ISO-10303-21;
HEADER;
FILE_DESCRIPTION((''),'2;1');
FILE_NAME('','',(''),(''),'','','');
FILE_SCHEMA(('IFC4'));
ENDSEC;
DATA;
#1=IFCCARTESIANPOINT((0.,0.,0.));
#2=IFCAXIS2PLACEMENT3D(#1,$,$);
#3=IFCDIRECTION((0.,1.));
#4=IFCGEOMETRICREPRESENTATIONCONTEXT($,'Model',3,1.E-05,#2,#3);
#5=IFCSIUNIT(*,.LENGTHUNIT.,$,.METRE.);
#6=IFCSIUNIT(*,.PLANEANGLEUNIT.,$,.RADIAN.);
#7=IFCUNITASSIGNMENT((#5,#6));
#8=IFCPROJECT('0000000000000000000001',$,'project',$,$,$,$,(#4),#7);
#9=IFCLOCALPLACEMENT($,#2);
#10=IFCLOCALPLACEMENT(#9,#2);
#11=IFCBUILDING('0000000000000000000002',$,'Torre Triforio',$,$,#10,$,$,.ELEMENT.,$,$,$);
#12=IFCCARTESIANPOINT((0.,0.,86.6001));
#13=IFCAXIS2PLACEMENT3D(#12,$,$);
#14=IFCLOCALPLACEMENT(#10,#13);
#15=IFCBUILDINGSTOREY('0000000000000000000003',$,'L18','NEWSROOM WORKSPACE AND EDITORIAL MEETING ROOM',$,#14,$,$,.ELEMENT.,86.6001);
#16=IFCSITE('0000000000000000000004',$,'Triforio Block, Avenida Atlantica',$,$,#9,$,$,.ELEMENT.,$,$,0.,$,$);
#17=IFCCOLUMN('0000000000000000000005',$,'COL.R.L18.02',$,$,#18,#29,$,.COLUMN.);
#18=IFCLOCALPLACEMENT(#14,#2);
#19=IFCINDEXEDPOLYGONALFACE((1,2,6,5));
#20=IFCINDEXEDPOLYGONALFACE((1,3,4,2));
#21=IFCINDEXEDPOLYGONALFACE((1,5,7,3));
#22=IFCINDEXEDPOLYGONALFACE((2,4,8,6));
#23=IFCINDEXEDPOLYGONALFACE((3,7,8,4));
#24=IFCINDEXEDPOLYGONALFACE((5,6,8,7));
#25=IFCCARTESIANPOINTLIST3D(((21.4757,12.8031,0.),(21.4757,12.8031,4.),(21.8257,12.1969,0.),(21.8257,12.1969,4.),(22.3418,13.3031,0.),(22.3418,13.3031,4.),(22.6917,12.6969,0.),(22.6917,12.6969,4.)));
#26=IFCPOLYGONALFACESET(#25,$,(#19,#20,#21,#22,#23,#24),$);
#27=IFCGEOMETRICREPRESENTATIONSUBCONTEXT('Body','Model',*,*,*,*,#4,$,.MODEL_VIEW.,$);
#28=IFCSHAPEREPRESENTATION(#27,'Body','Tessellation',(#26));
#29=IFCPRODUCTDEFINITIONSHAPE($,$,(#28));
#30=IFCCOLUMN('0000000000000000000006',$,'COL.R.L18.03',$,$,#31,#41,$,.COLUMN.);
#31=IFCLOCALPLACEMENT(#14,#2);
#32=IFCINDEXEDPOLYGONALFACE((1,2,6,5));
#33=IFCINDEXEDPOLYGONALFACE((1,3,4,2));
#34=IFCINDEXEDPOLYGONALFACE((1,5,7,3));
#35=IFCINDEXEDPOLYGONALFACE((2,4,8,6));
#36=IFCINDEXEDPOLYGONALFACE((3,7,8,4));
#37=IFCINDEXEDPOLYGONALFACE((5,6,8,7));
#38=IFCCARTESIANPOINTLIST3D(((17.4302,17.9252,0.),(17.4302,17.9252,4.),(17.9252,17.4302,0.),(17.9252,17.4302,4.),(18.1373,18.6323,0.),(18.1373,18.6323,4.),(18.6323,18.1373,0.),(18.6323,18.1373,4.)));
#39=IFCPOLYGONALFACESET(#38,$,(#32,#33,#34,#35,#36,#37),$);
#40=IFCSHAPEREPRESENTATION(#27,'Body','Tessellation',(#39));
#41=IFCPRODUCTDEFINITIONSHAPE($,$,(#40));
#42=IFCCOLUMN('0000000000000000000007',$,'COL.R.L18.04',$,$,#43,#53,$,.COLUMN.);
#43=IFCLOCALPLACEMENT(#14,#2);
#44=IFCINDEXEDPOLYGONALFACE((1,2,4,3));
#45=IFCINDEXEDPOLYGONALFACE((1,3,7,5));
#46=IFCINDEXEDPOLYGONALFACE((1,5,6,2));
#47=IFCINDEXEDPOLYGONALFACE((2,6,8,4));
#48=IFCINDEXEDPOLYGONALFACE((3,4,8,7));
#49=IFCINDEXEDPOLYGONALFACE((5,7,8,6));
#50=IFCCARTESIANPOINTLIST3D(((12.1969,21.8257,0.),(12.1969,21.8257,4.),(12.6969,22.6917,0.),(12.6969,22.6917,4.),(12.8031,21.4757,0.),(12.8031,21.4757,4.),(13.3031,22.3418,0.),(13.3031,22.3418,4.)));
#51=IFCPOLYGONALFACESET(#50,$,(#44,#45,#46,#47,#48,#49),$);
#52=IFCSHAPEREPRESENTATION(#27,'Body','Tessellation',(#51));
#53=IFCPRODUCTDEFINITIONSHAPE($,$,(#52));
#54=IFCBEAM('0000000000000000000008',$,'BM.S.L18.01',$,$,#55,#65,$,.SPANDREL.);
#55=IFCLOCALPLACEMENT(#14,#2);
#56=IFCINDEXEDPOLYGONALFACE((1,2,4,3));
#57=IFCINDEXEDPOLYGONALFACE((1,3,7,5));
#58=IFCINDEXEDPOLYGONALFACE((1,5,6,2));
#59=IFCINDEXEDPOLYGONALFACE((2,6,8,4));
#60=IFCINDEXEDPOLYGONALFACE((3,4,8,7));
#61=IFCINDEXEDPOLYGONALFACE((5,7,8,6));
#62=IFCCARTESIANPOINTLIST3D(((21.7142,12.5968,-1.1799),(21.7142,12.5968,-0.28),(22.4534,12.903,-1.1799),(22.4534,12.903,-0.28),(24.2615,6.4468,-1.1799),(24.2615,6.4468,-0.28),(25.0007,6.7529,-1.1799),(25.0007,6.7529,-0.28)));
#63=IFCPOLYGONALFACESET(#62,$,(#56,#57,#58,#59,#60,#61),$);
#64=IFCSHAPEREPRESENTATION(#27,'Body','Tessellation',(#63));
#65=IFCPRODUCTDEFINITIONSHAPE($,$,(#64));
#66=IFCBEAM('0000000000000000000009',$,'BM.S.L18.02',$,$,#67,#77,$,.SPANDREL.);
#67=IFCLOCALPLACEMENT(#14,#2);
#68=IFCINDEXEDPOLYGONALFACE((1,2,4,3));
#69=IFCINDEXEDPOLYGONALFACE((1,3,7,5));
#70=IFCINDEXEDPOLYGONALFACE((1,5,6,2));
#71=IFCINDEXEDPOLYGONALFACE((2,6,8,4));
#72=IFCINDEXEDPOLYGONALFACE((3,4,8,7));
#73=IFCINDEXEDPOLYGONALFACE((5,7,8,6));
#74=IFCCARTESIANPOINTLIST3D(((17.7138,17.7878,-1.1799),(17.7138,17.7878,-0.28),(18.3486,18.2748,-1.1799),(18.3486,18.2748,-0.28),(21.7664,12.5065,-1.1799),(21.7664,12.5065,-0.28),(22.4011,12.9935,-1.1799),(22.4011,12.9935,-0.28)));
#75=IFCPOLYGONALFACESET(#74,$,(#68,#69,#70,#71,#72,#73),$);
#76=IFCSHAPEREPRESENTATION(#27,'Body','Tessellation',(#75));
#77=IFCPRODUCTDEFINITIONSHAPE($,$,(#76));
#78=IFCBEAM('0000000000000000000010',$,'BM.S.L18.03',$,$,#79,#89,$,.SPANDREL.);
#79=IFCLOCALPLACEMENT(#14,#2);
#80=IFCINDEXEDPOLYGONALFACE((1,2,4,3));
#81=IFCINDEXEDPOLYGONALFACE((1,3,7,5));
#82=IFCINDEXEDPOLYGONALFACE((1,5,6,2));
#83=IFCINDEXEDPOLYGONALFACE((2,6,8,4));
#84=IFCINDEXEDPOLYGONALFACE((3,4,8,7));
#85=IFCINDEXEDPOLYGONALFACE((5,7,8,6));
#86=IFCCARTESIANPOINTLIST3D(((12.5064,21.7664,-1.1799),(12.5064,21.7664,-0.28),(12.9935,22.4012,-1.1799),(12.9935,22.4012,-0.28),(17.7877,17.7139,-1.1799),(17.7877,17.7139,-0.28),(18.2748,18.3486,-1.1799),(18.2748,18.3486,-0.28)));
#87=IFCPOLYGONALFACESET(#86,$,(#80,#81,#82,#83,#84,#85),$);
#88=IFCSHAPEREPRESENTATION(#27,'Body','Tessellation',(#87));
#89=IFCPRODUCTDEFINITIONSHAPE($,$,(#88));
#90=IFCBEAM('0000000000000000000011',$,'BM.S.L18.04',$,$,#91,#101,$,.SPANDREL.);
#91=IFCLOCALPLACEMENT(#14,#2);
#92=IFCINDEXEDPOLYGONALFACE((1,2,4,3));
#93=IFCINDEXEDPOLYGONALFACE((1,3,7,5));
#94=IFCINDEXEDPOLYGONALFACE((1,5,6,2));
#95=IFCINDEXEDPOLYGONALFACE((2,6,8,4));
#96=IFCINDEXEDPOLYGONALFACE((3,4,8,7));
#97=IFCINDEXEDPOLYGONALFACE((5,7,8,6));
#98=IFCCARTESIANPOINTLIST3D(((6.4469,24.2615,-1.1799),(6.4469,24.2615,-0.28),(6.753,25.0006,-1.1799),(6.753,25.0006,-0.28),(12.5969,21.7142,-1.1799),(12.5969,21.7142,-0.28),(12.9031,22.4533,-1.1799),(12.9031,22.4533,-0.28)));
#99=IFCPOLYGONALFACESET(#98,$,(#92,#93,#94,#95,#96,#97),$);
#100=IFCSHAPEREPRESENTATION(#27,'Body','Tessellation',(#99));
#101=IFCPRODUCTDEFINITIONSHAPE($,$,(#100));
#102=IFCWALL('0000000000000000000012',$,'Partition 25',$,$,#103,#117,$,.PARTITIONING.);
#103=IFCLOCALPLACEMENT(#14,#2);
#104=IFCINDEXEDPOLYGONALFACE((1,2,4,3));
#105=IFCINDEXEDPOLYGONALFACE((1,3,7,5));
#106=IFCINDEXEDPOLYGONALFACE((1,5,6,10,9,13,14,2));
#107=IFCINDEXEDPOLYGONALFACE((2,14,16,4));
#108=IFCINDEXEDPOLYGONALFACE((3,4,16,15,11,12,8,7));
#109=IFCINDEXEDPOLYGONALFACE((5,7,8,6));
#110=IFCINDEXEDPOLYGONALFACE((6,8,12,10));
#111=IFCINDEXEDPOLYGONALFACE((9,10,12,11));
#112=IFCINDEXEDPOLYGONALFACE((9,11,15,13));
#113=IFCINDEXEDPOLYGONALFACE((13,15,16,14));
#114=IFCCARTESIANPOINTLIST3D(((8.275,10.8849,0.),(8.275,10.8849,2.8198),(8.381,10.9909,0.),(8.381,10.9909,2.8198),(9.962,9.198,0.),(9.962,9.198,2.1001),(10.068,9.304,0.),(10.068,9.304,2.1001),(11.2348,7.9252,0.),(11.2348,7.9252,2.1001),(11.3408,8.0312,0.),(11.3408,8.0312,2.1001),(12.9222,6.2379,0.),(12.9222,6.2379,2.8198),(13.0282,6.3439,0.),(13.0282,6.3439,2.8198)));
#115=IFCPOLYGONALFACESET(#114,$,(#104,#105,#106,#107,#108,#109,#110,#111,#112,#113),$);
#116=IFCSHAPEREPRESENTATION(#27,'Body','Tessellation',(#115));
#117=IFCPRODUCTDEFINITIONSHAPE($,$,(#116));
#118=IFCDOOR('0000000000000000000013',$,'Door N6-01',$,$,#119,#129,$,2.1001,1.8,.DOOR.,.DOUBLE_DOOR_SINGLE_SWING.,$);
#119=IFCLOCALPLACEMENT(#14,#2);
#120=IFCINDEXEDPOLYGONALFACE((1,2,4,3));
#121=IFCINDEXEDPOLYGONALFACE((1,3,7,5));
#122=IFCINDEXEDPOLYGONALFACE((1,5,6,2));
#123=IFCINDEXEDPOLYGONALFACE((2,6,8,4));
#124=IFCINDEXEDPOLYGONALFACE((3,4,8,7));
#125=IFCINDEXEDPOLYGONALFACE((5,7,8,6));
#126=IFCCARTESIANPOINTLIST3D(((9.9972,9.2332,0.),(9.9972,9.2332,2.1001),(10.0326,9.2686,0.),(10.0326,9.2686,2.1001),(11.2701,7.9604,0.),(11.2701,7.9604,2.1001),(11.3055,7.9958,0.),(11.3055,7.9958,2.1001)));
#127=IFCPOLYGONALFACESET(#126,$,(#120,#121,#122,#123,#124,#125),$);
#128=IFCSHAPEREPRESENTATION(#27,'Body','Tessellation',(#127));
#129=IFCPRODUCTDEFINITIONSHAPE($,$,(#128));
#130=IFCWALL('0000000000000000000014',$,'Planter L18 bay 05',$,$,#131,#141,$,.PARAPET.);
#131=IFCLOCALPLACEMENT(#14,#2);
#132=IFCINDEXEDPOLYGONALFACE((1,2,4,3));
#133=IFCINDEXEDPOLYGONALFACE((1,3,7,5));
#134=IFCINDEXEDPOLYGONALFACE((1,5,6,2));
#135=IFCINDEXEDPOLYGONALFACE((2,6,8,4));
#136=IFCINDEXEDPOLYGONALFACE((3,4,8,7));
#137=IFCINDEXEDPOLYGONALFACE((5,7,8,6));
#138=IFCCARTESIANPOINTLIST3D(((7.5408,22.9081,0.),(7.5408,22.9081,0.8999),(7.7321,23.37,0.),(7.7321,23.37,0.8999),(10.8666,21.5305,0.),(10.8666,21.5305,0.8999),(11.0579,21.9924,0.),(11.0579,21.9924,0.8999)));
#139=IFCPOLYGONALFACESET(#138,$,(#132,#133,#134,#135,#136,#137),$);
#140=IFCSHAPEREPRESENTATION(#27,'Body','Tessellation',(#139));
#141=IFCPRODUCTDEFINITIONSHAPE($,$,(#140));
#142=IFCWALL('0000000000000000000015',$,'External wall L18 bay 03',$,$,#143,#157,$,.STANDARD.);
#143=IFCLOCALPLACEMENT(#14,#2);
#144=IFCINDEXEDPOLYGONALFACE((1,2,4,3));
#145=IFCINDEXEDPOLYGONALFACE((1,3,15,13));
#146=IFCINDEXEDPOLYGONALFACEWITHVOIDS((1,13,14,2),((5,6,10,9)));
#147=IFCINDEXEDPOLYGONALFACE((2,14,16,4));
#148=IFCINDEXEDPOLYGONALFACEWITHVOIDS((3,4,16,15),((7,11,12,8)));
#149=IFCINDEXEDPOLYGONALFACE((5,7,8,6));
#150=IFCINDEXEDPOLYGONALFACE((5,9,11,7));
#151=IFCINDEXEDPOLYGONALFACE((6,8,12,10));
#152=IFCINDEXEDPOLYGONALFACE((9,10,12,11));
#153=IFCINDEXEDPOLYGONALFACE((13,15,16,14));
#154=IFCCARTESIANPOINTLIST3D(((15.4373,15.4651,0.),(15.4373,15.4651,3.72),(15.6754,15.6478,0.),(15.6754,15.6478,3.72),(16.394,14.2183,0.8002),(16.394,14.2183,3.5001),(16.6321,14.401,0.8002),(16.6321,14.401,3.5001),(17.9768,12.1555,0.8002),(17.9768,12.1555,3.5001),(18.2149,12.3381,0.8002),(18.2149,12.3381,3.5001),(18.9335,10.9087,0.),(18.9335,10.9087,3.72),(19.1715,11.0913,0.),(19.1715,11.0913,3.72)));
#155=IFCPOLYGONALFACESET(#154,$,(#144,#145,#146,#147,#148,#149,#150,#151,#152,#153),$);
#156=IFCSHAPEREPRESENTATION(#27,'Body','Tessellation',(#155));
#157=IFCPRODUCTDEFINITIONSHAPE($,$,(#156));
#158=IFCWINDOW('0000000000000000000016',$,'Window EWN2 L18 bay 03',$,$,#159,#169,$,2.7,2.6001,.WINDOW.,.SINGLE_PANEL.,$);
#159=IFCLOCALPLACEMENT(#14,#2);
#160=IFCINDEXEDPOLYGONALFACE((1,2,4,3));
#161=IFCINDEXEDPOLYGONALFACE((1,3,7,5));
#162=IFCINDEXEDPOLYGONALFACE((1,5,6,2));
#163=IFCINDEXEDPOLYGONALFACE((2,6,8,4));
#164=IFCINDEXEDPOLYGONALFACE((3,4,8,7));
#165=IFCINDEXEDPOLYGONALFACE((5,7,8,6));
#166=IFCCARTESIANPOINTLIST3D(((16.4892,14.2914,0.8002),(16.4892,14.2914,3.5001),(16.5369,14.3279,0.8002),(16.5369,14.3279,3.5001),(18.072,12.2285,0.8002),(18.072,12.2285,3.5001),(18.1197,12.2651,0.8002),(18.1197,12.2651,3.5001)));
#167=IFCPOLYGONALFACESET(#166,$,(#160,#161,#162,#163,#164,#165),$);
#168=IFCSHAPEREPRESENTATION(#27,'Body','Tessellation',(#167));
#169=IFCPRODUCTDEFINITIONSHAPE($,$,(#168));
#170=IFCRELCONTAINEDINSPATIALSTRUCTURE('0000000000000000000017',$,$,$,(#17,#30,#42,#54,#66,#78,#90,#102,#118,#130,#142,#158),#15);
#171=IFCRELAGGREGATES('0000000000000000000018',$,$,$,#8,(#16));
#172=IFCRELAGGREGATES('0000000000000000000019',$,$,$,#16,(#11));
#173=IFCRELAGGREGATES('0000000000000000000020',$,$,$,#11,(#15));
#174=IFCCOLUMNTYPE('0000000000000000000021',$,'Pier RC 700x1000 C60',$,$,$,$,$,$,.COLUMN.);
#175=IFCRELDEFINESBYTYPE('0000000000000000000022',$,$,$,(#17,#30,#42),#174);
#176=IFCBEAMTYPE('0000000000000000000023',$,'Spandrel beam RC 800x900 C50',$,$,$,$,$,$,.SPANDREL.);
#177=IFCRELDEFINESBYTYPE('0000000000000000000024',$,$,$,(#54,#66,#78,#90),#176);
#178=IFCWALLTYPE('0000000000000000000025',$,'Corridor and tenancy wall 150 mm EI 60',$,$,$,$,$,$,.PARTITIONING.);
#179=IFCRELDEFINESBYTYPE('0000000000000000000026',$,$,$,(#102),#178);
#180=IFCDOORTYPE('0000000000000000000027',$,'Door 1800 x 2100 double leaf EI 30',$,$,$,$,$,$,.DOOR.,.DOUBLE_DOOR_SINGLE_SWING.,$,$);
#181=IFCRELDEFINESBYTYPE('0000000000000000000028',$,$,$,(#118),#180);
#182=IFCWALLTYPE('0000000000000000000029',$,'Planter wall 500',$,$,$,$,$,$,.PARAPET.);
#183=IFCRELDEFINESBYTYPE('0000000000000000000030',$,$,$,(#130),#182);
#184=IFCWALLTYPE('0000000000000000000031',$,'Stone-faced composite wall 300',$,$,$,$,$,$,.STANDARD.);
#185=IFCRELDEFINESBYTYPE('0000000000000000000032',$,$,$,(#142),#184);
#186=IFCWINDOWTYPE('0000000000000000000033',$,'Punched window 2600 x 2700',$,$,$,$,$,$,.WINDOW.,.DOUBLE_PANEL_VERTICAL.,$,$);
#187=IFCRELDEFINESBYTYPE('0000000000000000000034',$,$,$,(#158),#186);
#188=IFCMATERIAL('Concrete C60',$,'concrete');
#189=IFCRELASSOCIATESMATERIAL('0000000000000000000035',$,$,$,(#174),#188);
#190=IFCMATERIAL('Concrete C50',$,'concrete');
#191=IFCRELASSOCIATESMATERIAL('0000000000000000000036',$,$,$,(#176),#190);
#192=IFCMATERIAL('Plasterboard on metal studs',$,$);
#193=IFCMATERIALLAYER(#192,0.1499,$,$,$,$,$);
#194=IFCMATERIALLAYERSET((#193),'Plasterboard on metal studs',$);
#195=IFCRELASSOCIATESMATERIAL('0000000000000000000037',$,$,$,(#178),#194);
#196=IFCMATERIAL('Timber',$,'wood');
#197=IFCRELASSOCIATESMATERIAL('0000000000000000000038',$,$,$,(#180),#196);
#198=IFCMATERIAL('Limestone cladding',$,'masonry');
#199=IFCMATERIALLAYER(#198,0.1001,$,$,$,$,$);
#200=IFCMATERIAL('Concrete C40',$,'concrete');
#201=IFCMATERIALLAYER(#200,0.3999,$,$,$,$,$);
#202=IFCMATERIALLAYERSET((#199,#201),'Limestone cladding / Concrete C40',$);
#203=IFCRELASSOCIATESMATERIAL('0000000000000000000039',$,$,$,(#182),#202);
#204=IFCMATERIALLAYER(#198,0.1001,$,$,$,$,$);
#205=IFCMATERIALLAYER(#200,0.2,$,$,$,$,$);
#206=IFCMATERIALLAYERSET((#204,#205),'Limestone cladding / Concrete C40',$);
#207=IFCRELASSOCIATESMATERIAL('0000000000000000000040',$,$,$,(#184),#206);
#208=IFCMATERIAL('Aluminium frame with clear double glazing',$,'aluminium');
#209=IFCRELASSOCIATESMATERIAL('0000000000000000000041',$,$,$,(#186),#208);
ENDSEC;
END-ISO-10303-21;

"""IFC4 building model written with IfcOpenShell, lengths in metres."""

from ifc_helpers import new_model, si_unit, direction, frame, frame_2d, origin, origin_2d, place, context, subcontext, project, spatial, rectangle, extrude, material, layer, layer_set, material_profile, profile_set, type_object, element, fill, save


model = new_model("IFC4")

# Units and contexts
model_context = context("Model", 3, precision=1e-05, world=origin(), true_north=direction((0.0, 1.0)))
body_context = subcontext(model_context, "Body", "Model", "MODEL_VIEW")
ifc_project = project(units=[si_unit("LENGTHUNIT", "METRE"), si_unit("PLANEANGLEUNIT", "RADIAN")], contexts=[model_context])

# Site, building, storey
site_placement = place(None, origin())
site = spatial("IfcSite", under=ifc_project, at=site_placement, Name="Triforio Block, Avenida Atlantica", CompositionType="ELEMENT", RefElevation=0.0)
building_placement = place(site_placement, origin())
building = spatial("IfcBuilding", under=site, at=building_placement, Name="Torre Triforio", CompositionType="ELEMENT")
storey_placement = place(building_placement, frame((0.0, 0.0, 86.6001)))
storey = spatial("IfcBuildingStorey", under=building, at=storey_placement, Name="L18", Description="NEWSROOM WORKSPACE AND EDITORIAL MEETING ROOM", CompositionType="ELEMENT", Elevation=86.6001)

# Columns
ifc_material_1 = material(Name="Concrete C60", Category="concrete")
ifc_material_profile_1 = material_profile(ifc_material_1, rectangle(XDim=0.7, YDim=1.0, at=origin_2d()), Name="RC 700x1000")
ifc_profile_set_1 = profile_set([ifc_material_profile_1], Name="Concrete C60")
column_type = type_object("IfcColumnType", Name="Pier RC 700x1000 C60", PredefinedType="COLUMN", material=ifc_profile_set_1)
for number, where, z_axis, x_axis, name in (
    (1, (22.0837, 12.75, 0.0), (0.0, 0.0, 1.0), (-0.5, 0.866025, 0.0), "COL.R.L18.02"),
    (2, (18.0312, 18.0312, 0.0), (0.0, 0.0, 1.0), (-0.707107, 0.707107, 0.0), "COL.R.L18.03"),
    (3, (12.75, 22.0837, 0.0), (0.0, 0.0, 1.0), (-0.866025, 0.5, 0.0), "COL.R.L18.04"),
):
    element("IfcColumn", number, at=place(storey_placement, frame(where, z_axis=z_axis, x_axis=x_axis)), inside=storey, type_object=column_type, Name=name, PredefinedType="COLUMN", context=body_context, shape_type="SweptSolid", body=[
        extrude(rectangle(XDim=0.7, YDim=1.0, at=origin_2d()), origin(), (0.0, 0.0, 1.0), 4.0),
    ])

# Beams
ifc_material_2 = material(Name="Concrete C50", Category="concrete")
ifc_material_profile_2 = material_profile(ifc_material_2, rectangle(XDim=0.8, YDim=0.8999, at=origin_2d()), Name="RC 800x900")
ifc_profile_set_2 = profile_set([ifc_material_profile_2], Name="Concrete C50")
beam_type = type_object("IfcBeamType", Name="Spandrel beam RC 800x900 C50", PredefinedType="SPANDREL", material=ifc_profile_set_2)
beam_1_placement = place(storey_placement, frame((24.6311, 6.5999, -0.73), z_axis=(-0.382669, 0.923885, 0.0), x_axis=(-0.923885, -0.382669, 0.0)))
element("IfcBeam", 4, at=beam_1_placement, inside=storey, type_object=beam_type, Name="BM.S.L18.01", PredefinedType="SPANDREL", context=body_context, shape_type="SweptSolid", body=[
    extrude(rectangle(XDim=0.8, YDim=0.8999, at=origin_2d()), origin(), (0.0, 0.0, 1.0), 6.6567),
])
for number, where, z_axis, x_axis, name in (
    (5, (22.0837, 12.75, -0.73), (-0.608766, 0.79335, 0.0), (-0.79335, -0.608766, 0.0), "BM.S.L18.02"),
    (6, (18.0312, 18.0312, -0.73), (-0.79335, 0.608766, 0.0), (-0.608766, -0.79335, 0.0), "BM.S.L18.03"),
):
    element("IfcBeam", number, at=place(storey_placement, frame(where, z_axis=z_axis, x_axis=x_axis)), inside=storey, type_object=beam_type, Name=name, PredefinedType="SPANDREL", context=body_context, shape_type="SweptSolid", body=[
        extrude(rectangle(XDim=0.8, YDim=0.8999, at=origin_2d()), origin(), (0.0, 0.0, 1.0), 6.657),
    ])
beam_2_placement = place(storey_placement, frame((12.75, 22.0837, -0.73), z_axis=(-0.923885, 0.382669, 0.0), x_axis=(-0.382669, -0.923885, 0.0)))
element("IfcBeam", 7, at=beam_2_placement, inside=storey, type_object=beam_type, Name="BM.S.L18.04", PredefinedType="SPANDREL", context=body_context, shape_type="SweptSolid", body=[
    extrude(rectangle(XDim=0.8, YDim=0.8999, at=origin_2d()), origin(), (0.0, 0.0, 1.0), 6.6567),
])

# Wall, opening, door
ifc_material_3 = material(Name="Plasterboard on metal studs")
ifc_layer_1 = layer(ifc_material_3, 0.1499)
ifc_layer_set_1 = layer_set([ifc_layer_1], Name="Plasterboard on metal studs")
wall_type_1 = type_object("IfcWallType", Name="Corridor and tenancy wall 150 mm EI 60", PredefinedType="PARTITIONING", material=ifc_layer_set_1)
wall_1_placement = place(storey_placement, frame((8.3279, 10.938, 0.0), z_axis=(0.0, 0.0, 1.0), x_axis=(0.707125, -0.707088, 0.0)))
wall_1 = element("IfcWall", 8, at=wall_1_placement, inside=storey, type_object=wall_type_1, Name="Partition 25", PredefinedType="PARTITIONING", context=body_context, shape_type="SweptSolid", body=[
    extrude(rectangle(XDim=6.572, YDim=0.1499, at=frame_2d((3.2861, 0.0))), origin(), (0.0, 0.0, 1.0), 2.8198),
])
opening_1_placement = place(wall_1_placement, frame((2.386, 0.0, 0.0)))
opening_1 = element("IfcOpeningElement", 9, at=opening_1_placement, cuts=wall_1, PredefinedType="OPENING", context=body_context, shape_type="SweptSolid", body=[
    extrude(rectangle(XDim=1.8, YDim=2.1001, at=frame_2d((0.8999, 1.05))), frame((0.0, 0.085, 0.0), z_axis=(0.0, -1.0, 0.0), x_axis=(1.0, 0.0, 0.0)), (0.0, 0.0, 1.0), 0.1699),
])
ifc_material_4 = material(Name="Timber", Category="wood")
door_type_1 = type_object("IfcDoorType", Name="Door 1800 x 2100 double leaf EI 30", OperationType="DOUBLE_DOOR_SINGLE_SWING", PredefinedType="DOOR", material=ifc_material_4)
door_1_placement = place(opening_1_placement, origin())
door_1 = element("IfcDoor", 10, at=door_1_placement, inside=storey, type_object=door_type_1, Name="Door N6-01", OperationType="DOUBLE_DOOR_SINGLE_SWING", OverallHeight=2.1001, OverallWidth=1.8, PredefinedType="DOOR", context=body_context, shape_type="SweptSolid", body=[
    extrude(rectangle(XDim=1.8, YDim=2.1001, at=frame_2d((0.8999, 1.05))), frame((0.0, 0.0249, 0.0), z_axis=(0.0, -1.0, 0.0), x_axis=(1.0, 0.0, 0.0)), (0.0, 0.0, 1.0), 0.05),
])
fill(opening_1, door_1)

# Wall
ifc_material_5 = material(Name="Limestone cladding", Category="masonry")
ifc_layer_2 = layer(ifc_material_5, 0.1001)
ifc_material_6 = material(Name="Concrete C40", Category="concrete")
ifc_layer_3 = layer(ifc_material_6, 0.3999)
ifc_layer_set_2 = layer_set([ifc_layer_2, ifc_layer_3], Name="Limestone cladding / Concrete C40")
wall_type_2 = type_object("IfcWallType", Name="Planter wall 500", PredefinedType="PARAPET", material=ifc_layer_set_2)
wall_2_placement = place(storey_placement, frame((10.9622, 21.7615, 0.0), z_axis=(0.0, 0.0, 1.0), x_axis=(-0.923875, 0.382693, 0.0)))
element("IfcWall", 11, at=wall_2_placement, inside=storey, type_object=wall_type_2, Name="Planter L18 bay 05", PredefinedType="PARAPET", context=body_context, shape_type="SweptSolid", body=[
    extrude(rectangle(XDim=3.5999, YDim=0.5, at=frame_2d((1.7998, 0.0))), origin(), (0.0, 0.0, 1.0), 0.8999),
])

# Wall, opening, window
ifc_layer_4 = layer(ifc_material_5, 0.1001)
ifc_layer_5 = layer(ifc_material_6, 0.2)
ifc_layer_set_3 = layer_set([ifc_layer_4, ifc_layer_5], Name="Limestone cladding / Concrete C40")
wall_type_3 = type_object("IfcWallType", Name="Stone-faced composite wall 300", PredefinedType="STANDARD", material=ifc_layer_set_3)
wall_3_placement = place(storey_placement, frame((19.0525, 11.0, 0.0), z_axis=(0.0, 0.0, 1.0), x_axis=(-0.608745, 0.793366, 0.0)))
wall_3 = element("IfcWall", 12, at=wall_3_placement, inside=storey, type_object=wall_type_3, Name="External wall L18 bay 03", PredefinedType="STANDARD", context=body_context, shape_type="SweptSolid", body=[
    extrude(rectangle(XDim=5.7432, YDim=0.3, at=frame_2d((2.8716, 0.0))), origin(), (0.0, 0.0, 1.0), 3.72),
])
opening_2_placement = place(wall_3_placement, frame((1.5715, 0.0, 0.8)))
opening_2 = element("IfcOpeningElement", 13, at=opening_2_placement, cuts=wall_3, PredefinedType="OPENING", context=body_context, shape_type="SweptSolid", body=[
    extrude(rectangle(XDim=2.6001, YDim=2.7, at=frame_2d((1.3, 1.3501))), frame((0.0, 0.1599, 0.0), z_axis=(0.0, -1.0, 0.0), x_axis=(1.0, 0.0, 0.0)), (0.0, 0.0, 1.0), 0.3201),
])
ifc_material_7 = material(Name="Aluminium frame with clear double glazing", Category="aluminium")
window_type_1 = type_object("IfcWindowType", Name="Punched window 2600 x 2700", PartitioningType="DOUBLE_PANEL_VERTICAL", PredefinedType="WINDOW", material=ifc_material_7)
window_1_placement = place(opening_2_placement, origin())
window_1 = element("IfcWindow", 14, at=window_1_placement, inside=storey, type_object=window_type_1, Name="Window EWN2 L18 bay 03", OverallHeight=2.7, OverallWidth=2.6001, PartitioningType="SINGLE_PANEL", PredefinedType="WINDOW", context=body_context, shape_type="SweptSolid", body=[
    extrude(rectangle(XDim=2.6001, YDim=2.7, at=frame_2d((1.3, 1.3501))), frame((0.0, 0.03, 0.0), z_axis=(0.0, -1.0, 0.0), x_axis=(1.0, 0.0, 0.0)), (0.0, 0.0, 1.0), 0.0601),
])
fill(opening_2, window_1)

save(model, "model.ifc")
